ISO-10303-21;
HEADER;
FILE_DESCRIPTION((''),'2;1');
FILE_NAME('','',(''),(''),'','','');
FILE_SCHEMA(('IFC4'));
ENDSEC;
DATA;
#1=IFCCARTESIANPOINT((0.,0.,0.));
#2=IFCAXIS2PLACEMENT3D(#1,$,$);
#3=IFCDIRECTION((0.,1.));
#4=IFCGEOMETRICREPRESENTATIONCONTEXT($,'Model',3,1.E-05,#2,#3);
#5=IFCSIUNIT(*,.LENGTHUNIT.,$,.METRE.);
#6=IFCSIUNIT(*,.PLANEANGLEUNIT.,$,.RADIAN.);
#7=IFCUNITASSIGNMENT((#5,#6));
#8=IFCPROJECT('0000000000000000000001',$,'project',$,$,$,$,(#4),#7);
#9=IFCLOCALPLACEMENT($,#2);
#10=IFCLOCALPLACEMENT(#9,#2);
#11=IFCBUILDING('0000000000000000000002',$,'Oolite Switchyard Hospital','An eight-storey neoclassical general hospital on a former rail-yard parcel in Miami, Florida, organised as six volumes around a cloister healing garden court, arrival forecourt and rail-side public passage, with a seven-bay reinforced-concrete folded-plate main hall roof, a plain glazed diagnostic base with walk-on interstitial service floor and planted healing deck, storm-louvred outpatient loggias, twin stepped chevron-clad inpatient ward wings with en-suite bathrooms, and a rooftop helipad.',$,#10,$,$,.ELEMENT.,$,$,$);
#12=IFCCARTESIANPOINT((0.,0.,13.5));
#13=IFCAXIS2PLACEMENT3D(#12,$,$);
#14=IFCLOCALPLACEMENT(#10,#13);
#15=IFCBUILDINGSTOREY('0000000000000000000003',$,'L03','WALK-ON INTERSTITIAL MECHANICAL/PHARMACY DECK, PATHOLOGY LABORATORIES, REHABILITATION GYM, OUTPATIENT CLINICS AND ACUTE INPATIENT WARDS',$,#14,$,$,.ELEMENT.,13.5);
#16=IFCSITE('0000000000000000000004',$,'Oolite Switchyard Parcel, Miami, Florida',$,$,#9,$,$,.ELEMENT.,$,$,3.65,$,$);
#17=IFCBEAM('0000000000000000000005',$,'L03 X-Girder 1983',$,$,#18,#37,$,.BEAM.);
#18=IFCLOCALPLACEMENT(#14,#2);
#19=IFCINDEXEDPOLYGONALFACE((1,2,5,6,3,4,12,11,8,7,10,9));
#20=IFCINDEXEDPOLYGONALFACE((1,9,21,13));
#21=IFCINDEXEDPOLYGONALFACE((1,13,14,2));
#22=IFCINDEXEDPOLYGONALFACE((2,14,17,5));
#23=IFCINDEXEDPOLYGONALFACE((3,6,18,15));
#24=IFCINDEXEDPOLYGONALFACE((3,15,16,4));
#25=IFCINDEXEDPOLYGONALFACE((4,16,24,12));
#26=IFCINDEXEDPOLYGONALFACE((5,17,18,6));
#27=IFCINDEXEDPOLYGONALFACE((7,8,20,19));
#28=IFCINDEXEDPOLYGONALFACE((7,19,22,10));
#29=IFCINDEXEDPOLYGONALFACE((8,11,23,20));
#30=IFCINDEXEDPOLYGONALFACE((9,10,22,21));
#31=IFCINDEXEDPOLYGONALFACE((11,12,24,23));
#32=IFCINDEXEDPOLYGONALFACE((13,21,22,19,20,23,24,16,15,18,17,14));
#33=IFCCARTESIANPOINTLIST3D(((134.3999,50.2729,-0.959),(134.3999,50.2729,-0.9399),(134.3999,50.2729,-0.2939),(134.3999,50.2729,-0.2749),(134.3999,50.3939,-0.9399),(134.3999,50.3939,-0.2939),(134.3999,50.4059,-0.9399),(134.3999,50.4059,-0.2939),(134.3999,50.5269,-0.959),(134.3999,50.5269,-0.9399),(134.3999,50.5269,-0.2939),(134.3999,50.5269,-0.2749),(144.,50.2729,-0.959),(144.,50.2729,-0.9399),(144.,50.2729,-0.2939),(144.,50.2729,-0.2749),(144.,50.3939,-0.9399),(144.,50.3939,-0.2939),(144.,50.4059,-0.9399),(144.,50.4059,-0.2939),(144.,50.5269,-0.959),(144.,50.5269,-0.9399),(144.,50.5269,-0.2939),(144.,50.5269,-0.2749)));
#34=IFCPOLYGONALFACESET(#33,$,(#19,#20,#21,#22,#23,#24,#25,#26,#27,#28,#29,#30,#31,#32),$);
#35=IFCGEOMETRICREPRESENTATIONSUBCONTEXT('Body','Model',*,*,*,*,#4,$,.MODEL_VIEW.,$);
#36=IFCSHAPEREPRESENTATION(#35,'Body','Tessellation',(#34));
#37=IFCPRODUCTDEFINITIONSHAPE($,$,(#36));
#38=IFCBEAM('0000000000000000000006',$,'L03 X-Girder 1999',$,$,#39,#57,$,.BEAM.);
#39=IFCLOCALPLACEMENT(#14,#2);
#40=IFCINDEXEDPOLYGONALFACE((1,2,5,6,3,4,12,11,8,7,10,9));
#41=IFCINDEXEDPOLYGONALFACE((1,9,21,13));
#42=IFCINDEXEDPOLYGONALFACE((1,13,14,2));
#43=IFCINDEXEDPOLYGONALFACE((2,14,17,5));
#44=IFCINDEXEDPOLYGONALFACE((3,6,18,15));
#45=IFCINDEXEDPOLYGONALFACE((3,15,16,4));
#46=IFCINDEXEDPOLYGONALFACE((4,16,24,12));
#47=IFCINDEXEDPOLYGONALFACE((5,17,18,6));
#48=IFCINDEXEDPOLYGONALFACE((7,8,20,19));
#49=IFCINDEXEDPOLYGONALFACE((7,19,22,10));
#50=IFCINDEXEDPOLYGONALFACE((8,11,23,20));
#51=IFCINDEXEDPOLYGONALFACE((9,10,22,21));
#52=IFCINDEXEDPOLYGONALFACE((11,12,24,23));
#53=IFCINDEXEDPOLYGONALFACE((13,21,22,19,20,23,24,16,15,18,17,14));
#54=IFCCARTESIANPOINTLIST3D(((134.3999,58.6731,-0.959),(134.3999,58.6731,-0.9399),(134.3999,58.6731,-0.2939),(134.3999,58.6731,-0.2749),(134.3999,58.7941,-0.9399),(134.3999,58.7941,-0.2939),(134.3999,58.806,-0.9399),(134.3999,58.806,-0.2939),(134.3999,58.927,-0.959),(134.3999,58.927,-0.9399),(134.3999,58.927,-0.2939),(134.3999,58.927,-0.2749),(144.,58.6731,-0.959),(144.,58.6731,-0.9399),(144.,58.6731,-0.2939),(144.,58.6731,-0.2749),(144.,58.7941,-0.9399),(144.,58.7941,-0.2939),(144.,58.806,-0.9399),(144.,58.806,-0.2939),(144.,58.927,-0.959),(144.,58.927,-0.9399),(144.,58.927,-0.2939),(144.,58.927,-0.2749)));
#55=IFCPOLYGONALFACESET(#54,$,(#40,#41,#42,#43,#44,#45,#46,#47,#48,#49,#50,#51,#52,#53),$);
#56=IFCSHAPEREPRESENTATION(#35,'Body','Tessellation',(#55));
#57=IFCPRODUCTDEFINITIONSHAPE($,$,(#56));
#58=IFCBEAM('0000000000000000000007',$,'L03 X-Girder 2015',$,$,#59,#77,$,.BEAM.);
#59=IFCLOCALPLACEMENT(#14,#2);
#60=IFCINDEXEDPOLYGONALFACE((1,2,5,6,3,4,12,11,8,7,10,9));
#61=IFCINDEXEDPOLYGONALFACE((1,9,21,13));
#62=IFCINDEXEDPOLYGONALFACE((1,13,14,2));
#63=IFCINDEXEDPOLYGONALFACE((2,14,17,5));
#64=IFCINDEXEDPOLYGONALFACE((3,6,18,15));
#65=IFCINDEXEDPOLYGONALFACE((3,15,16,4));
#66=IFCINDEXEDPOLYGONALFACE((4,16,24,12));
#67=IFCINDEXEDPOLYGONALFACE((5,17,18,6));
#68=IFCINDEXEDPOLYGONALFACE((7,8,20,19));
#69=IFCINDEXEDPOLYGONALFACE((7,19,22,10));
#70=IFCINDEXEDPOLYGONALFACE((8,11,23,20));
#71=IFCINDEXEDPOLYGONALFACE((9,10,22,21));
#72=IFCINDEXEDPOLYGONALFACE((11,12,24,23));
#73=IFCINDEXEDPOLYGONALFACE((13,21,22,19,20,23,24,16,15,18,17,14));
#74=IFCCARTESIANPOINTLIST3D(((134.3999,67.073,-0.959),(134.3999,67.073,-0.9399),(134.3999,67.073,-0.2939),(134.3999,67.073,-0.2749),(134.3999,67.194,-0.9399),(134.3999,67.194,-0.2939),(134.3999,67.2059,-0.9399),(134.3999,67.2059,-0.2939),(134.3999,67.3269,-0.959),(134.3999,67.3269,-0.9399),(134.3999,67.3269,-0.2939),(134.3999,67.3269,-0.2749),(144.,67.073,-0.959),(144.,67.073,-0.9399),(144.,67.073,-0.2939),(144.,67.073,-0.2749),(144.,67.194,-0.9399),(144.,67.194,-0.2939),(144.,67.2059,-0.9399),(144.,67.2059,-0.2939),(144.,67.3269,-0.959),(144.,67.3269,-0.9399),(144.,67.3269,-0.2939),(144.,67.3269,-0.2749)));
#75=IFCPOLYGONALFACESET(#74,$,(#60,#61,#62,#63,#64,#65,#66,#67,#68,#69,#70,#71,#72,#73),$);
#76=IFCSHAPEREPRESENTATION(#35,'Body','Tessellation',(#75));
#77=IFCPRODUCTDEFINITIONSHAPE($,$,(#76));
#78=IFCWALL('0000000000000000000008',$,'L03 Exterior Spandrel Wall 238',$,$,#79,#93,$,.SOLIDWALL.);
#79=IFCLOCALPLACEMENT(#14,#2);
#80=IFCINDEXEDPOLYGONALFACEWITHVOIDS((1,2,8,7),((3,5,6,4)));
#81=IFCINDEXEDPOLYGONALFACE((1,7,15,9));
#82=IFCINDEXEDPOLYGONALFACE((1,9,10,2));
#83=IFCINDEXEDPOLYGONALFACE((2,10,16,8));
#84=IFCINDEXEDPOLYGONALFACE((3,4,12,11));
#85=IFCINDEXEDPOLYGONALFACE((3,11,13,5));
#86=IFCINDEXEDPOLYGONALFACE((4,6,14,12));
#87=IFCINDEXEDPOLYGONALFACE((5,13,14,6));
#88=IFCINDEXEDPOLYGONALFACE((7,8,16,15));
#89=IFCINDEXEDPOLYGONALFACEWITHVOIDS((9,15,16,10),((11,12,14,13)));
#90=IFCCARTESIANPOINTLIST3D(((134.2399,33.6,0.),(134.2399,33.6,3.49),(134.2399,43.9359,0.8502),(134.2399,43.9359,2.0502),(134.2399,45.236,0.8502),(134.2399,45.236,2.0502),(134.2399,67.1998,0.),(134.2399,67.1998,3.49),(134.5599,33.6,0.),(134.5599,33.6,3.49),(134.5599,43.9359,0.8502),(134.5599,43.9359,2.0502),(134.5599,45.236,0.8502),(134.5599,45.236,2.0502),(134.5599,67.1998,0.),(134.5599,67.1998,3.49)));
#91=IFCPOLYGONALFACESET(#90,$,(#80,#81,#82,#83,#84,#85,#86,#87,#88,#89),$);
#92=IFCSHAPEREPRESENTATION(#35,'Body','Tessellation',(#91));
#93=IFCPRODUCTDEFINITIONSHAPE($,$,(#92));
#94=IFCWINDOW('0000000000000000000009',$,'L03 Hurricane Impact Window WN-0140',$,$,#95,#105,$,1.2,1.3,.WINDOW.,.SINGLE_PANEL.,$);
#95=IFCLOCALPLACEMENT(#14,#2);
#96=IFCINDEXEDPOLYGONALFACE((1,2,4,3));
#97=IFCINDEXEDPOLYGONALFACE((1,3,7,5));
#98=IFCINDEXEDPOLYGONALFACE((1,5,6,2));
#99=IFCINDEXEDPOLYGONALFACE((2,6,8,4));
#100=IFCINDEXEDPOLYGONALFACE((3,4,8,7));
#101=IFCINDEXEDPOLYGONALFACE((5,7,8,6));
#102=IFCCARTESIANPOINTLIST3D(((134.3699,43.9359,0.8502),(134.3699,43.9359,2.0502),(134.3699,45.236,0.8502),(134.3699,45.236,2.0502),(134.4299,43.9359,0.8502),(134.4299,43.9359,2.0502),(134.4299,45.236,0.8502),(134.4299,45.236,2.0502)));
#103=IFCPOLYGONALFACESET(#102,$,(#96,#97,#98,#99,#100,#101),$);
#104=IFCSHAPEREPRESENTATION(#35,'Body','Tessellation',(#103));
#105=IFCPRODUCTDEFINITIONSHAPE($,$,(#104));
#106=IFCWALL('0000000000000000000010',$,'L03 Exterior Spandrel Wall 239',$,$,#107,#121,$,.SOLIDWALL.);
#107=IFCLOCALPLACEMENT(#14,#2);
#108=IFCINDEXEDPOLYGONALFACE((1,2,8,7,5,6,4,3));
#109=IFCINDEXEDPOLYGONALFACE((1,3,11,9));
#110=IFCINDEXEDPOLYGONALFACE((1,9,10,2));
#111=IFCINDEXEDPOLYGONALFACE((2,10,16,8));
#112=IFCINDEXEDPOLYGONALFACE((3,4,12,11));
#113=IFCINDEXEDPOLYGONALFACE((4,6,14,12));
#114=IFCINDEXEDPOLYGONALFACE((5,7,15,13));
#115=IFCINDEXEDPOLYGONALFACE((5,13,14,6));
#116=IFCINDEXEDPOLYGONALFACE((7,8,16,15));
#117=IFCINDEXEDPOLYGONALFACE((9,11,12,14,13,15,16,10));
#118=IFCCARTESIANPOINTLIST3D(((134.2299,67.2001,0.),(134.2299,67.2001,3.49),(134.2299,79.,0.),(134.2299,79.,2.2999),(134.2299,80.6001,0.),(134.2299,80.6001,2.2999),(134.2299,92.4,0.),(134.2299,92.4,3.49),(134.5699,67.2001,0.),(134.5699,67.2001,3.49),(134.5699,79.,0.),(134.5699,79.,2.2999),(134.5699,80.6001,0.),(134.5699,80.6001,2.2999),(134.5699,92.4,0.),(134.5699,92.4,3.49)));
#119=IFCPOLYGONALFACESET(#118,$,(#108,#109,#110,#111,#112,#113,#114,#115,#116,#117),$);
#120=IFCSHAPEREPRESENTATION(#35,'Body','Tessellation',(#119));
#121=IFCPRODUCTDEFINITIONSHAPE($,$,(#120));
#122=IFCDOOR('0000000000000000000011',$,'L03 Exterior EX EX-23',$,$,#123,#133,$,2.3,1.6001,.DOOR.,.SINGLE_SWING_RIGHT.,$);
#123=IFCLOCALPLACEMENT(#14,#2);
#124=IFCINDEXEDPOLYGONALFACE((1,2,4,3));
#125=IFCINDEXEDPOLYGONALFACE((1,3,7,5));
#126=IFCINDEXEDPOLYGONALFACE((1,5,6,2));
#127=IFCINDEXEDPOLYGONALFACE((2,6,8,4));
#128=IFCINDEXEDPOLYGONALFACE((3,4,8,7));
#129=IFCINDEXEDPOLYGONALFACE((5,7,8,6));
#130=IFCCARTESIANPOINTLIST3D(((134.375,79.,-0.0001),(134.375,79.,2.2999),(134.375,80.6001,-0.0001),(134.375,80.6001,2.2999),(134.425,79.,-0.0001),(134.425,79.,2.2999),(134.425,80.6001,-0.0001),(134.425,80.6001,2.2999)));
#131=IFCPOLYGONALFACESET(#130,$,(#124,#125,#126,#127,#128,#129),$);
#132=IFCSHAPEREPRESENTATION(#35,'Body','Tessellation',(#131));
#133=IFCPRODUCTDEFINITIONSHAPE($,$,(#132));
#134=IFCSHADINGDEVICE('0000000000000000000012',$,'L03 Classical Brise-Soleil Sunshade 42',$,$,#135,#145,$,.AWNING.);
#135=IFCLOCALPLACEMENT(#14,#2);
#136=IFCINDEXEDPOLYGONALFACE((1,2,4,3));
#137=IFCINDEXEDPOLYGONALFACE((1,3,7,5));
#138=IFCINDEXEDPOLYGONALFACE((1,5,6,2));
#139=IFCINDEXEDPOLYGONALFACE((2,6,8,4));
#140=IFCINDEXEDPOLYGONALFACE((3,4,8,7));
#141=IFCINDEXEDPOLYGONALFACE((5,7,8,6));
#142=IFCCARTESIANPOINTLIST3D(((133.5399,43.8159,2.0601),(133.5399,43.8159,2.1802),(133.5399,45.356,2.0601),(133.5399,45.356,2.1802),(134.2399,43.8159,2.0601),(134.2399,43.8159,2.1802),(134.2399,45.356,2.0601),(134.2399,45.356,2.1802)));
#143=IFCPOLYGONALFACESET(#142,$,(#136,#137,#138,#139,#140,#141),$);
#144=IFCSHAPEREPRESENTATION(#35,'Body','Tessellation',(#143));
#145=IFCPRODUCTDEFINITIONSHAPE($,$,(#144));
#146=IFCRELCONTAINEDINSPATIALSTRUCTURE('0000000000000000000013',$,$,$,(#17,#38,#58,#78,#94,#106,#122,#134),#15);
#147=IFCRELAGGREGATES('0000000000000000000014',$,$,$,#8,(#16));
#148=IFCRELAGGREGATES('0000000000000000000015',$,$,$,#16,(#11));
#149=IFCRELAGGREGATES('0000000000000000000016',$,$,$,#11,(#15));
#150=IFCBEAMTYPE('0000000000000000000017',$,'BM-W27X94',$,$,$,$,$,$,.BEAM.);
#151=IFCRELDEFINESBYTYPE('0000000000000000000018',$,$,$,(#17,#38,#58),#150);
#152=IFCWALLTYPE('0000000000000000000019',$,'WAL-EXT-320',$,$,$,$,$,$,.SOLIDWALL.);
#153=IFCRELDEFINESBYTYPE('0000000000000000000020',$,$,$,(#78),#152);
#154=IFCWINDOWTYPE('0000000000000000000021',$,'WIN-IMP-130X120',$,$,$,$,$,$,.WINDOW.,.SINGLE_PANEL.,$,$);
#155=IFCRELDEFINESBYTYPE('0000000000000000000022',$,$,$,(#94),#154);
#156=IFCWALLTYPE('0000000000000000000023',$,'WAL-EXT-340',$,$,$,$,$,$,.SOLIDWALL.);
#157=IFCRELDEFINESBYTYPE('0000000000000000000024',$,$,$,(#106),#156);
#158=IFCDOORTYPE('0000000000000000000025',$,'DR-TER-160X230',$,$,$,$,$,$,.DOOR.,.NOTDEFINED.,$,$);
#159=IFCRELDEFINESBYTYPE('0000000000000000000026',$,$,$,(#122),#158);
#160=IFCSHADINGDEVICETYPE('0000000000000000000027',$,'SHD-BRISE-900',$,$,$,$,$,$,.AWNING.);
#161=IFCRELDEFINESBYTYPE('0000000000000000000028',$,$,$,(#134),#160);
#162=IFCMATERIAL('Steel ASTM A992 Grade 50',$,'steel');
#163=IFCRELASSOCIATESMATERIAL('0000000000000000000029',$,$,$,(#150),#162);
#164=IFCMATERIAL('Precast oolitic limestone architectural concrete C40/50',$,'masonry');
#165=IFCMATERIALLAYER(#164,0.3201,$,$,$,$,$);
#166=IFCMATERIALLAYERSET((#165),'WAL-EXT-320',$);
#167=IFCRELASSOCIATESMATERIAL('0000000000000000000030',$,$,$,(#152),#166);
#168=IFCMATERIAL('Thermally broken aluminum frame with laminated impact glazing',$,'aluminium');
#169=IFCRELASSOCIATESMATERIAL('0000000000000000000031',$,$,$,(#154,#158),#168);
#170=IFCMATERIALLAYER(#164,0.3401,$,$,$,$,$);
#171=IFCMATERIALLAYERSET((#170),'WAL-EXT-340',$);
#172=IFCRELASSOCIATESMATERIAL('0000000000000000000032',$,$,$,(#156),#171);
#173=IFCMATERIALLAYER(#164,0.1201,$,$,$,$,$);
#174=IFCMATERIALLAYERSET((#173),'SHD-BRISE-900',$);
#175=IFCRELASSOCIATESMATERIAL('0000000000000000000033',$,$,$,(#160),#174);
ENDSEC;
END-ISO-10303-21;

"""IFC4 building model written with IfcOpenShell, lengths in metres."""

from ifc_helpers import new_model, si_unit, direction, frame, frame_2d, origin, origin_2d, place, context, subcontext, project, spatial, rectangle, i_section, extrude, material, layer, layer_set, material_profile, profile_set, type_object, element, fill, save


model = new_model("IFC4")

# Units and contexts
model_context = context("Model", 3, precision=1e-05, world=origin(), true_north=direction((0.0, 1.0)))
body_context = subcontext(model_context, "Body", "Model", "MODEL_VIEW")
ifc_project = project(units=[si_unit("LENGTHUNIT", "METRE"), si_unit("PLANEANGLEUNIT", "RADIAN")], contexts=[model_context])

# Site, building, storey
site_placement = place(None, origin())
site = spatial("IfcSite", under=ifc_project, at=site_placement, Name="Oolite Switchyard Parcel, Miami, Florida", CompositionType="ELEMENT", RefElevation=3.65)
building_placement = place(site_placement, origin())
building = spatial("IfcBuilding", under=site, at=building_placement, Name="Oolite Switchyard Hospital", Description="An eight-storey neoclassical general hospital on a former rail-yard parcel in Miami, Florida, organised as six volumes around a cloister healing garden court, arrival forecourt and rail-side public passage, with a seven-bay reinforced-concrete folded-plate main hall roof, a plain glazed diagnostic base with walk-on interstitial service floor and planted healing deck, storm-louvred outpatient loggias, twin stepped chevron-clad inpatient ward wings with en-suite bathrooms, and a rooftop helipad.", CompositionType="ELEMENT")
storey_placement = place(building_placement, frame((0.0, 0.0, 13.5)))
storey = spatial("IfcBuildingStorey", under=building, at=storey_placement, Name="L03", Description="WALK-ON INTERSTITIAL MECHANICAL/PHARMACY DECK, PATHOLOGY LABORATORIES, REHABILITATION GYM, OUTPATIENT CLINICS AND ACUTE INPATIENT WARDS", CompositionType="ELEMENT", Elevation=13.5)

# Beams
ifc_material_1 = material(Name="Steel ASTM A992 Grade 50", Category="steel")
ifc_material_profile_1 = material_profile(ifc_material_1, i_section(OverallWidth=0.2539, OverallDepth=0.6841, WebThickness=0.012, FlangeThickness=0.019, at=origin_2d()), Name="W27X94")
ifc_profile_set_1 = profile_set([ifc_material_profile_1], Name="Steel ASTM A992 Grade 50")
beam_type_1 = type_object("IfcBeamType", Name="BM-W27X94", PredefinedType="BEAM", material=ifc_profile_set_1)
for number, where, z_axis, x_axis, name in (
    (1, (134.3999, 50.3999, -0.6169), (1.0, 0.0, 0.0), (0.0, 1.0, 0.0), "L03 X-Girder 1983"),
    (2, (134.3999, 58.8, -0.6169), (1.0, 0.0, 0.0), (0.0, 1.0, 0.0), "L03 X-Girder 1999"),
    (3, (134.3999, 67.2, -0.6169), (1.0, 0.0, 0.0), (0.0, 1.0, 0.0), "L03 X-Girder 2015"),
):
    element("IfcBeam", number, at=place(storey_placement, frame(where, z_axis=z_axis, x_axis=x_axis)), inside=storey, type_object=beam_type_1, Name=name, PredefinedType="BEAM", context=body_context, shape_type="SweptSolid", body=[
        extrude(i_section(OverallWidth=0.2539, OverallDepth=0.6841, WebThickness=0.012, FlangeThickness=0.019, at=origin_2d()), origin(), (0.0, 0.0, 1.0), 9.6001),
    ])

# Wall, opening, window
ifc_material_2 = material(Name="Precast oolitic limestone architectural concrete C40/50", Category="masonry")
ifc_layer_1 = layer(ifc_material_2, 0.3201)
ifc_layer_set_1 = layer_set([ifc_layer_1], Name="WAL-EXT-320")
wall_type_1 = type_object("IfcWallType", Name="WAL-EXT-320", PredefinedType="SOLIDWALL", material=ifc_layer_set_1)
wall_1_placement = place(storey_placement, frame((134.3999, 33.6001, 0.0), z_axis=(0.0, 0.0, 1.0), x_axis=(0.0, 1.0, 0.0)))
wall_1 = element("IfcWall", 4, at=wall_1_placement, inside=storey, type_object=wall_type_1, Name="L03 Exterior Spandrel Wall 238", PredefinedType="SOLIDWALL", context=body_context, shape_type="SweptSolid", body=[
    extrude(rectangle(XDim=33.5999, YDim=0.3201, at=frame_2d((16.7998, 0.0))), origin(), (0.0, 0.0, 1.0), 3.49),
])
opening_1_placement = place(wall_1_placement, frame((10.3359, 0.0, 0.8501)))
opening_1 = element("IfcOpeningElement", 5, at=opening_1_placement, cuts=wall_1, PredefinedType="OPENING", context=body_context, shape_type="SweptSolid", body=[
    extrude(rectangle(XDim=1.3, YDim=1.2, at=frame_2d((0.6499, 0.6001))), frame((0.0, 0.1699, 0.0), z_axis=(0.0, -1.0, 0.0), x_axis=(1.0, 0.0, 0.0)), (0.0, 0.0, 1.0), 0.3401),
])
ifc_material_3 = material(Name="Thermally broken aluminum frame with laminated impact glazing", Category="aluminium")
window_type = type_object("IfcWindowType", Name="WIN-IMP-130X120", PartitioningType="SINGLE_PANEL", PredefinedType="WINDOW", material=ifc_material_3)
window_placement = place(opening_1_placement, origin())
window = element("IfcWindow", 6, at=window_placement, inside=storey, type_object=window_type, Name="L03 Hurricane Impact Window WN-0140", OverallHeight=1.2, OverallWidth=1.3, PartitioningType="SINGLE_PANEL", PredefinedType="WINDOW", context=body_context, shape_type="SweptSolid", body=[
    extrude(rectangle(XDim=1.3, YDim=1.2, at=frame_2d((0.6499, 0.6001))), frame((0.0, 0.03, 0.0), z_axis=(0.0, -1.0, 0.0), x_axis=(1.0, 0.0, 0.0)), (0.0, 0.0, 1.0), 0.0601),
])
fill(opening_1, window)

# Wall, opening, door
ifc_layer_2 = layer(ifc_material_2, 0.3401)
ifc_layer_set_2 = layer_set([ifc_layer_2], Name="WAL-EXT-340")
wall_type_2 = type_object("IfcWallType", Name="WAL-EXT-340", PredefinedType="SOLIDWALL", material=ifc_layer_set_2)
wall_2_placement = place(storey_placement, frame((134.3999, 67.2, 0.0), z_axis=(0.0, 0.0, 1.0), x_axis=(0.0, 1.0, 0.0)))
wall_2 = element("IfcWall", 7, at=wall_2_placement, inside=storey, type_object=wall_type_2, Name="L03 Exterior Spandrel Wall 239", PredefinedType="SOLIDWALL", context=body_context, shape_type="SweptSolid", body=[
    extrude(rectangle(XDim=25.2, YDim=0.3401, at=frame_2d((12.6001, 0.0))), origin(), (0.0, 0.0, 1.0), 3.49),
])
opening_2_placement = place(wall_2_placement, frame((11.8, 0.0, 0.0)))
opening_2 = element("IfcOpeningElement", 8, at=opening_2_placement, cuts=wall_2, PredefinedType="OPENING", context=body_context, shape_type="SweptSolid", body=[
    extrude(rectangle(XDim=1.6001, YDim=2.3, at=frame_2d((0.8, 1.1499))), frame((0.0, 0.1802, 0.0), z_axis=(0.0, -1.0, 0.0), x_axis=(1.0, 0.0, 0.0)), (0.0, 0.0, 1.0), 0.3601),
])
door_type = type_object("IfcDoorType", Name="DR-TER-160X230", OperationType="NOTDEFINED", PredefinedType="DOOR", material=ifc_material_3)
door_placement = place(opening_2_placement, origin())
door = element("IfcDoor", 9, at=door_placement, inside=storey, type_object=door_type, Name="L03 Exterior EX EX-23", OperationType="SINGLE_SWING_RIGHT", OverallHeight=2.3, OverallWidth=1.6001, PredefinedType="DOOR", context=body_context, shape_type="SweptSolid", body=[
    extrude(rectangle(XDim=1.6001, YDim=2.3, at=frame_2d((0.8, 1.1499))), frame((0.0, 0.0249, 0.0), z_axis=(0.0, -1.0, 0.0), x_axis=(1.0, 0.0, 0.0)), (0.0, 0.0, 1.0), 0.05),
])
fill(opening_2, door)

# Shading device
ifc_layer_3 = layer(ifc_material_2, 0.1201)
ifc_layer_set_3 = layer_set([ifc_layer_3], Name="SHD-BRISE-900")
shading_device_type = type_object("IfcShadingDeviceType", Name="SHD-BRISE-900", PredefinedType="AWNING", material=ifc_layer_set_3)
shading_device_placement = place(storey_placement, frame((133.8899, 44.5859, 2.0601), z_axis=(0.0, 0.0, 1.0), x_axis=(0.0, 1.0, 0.0)))
element("IfcShadingDevice", 10, at=shading_device_placement, inside=storey, type_object=shading_device_type, Name="L03 Classical Brise-Soleil Sunshade 42", PredefinedType="AWNING", context=body_context, shape_type="SweptSolid", body=[
    extrude(rectangle(XDim=1.54, YDim=0.7, at=origin_2d()), origin(), (0.0, 0.0, 1.0), 0.1201),
])

save(model, "model.ifc")
